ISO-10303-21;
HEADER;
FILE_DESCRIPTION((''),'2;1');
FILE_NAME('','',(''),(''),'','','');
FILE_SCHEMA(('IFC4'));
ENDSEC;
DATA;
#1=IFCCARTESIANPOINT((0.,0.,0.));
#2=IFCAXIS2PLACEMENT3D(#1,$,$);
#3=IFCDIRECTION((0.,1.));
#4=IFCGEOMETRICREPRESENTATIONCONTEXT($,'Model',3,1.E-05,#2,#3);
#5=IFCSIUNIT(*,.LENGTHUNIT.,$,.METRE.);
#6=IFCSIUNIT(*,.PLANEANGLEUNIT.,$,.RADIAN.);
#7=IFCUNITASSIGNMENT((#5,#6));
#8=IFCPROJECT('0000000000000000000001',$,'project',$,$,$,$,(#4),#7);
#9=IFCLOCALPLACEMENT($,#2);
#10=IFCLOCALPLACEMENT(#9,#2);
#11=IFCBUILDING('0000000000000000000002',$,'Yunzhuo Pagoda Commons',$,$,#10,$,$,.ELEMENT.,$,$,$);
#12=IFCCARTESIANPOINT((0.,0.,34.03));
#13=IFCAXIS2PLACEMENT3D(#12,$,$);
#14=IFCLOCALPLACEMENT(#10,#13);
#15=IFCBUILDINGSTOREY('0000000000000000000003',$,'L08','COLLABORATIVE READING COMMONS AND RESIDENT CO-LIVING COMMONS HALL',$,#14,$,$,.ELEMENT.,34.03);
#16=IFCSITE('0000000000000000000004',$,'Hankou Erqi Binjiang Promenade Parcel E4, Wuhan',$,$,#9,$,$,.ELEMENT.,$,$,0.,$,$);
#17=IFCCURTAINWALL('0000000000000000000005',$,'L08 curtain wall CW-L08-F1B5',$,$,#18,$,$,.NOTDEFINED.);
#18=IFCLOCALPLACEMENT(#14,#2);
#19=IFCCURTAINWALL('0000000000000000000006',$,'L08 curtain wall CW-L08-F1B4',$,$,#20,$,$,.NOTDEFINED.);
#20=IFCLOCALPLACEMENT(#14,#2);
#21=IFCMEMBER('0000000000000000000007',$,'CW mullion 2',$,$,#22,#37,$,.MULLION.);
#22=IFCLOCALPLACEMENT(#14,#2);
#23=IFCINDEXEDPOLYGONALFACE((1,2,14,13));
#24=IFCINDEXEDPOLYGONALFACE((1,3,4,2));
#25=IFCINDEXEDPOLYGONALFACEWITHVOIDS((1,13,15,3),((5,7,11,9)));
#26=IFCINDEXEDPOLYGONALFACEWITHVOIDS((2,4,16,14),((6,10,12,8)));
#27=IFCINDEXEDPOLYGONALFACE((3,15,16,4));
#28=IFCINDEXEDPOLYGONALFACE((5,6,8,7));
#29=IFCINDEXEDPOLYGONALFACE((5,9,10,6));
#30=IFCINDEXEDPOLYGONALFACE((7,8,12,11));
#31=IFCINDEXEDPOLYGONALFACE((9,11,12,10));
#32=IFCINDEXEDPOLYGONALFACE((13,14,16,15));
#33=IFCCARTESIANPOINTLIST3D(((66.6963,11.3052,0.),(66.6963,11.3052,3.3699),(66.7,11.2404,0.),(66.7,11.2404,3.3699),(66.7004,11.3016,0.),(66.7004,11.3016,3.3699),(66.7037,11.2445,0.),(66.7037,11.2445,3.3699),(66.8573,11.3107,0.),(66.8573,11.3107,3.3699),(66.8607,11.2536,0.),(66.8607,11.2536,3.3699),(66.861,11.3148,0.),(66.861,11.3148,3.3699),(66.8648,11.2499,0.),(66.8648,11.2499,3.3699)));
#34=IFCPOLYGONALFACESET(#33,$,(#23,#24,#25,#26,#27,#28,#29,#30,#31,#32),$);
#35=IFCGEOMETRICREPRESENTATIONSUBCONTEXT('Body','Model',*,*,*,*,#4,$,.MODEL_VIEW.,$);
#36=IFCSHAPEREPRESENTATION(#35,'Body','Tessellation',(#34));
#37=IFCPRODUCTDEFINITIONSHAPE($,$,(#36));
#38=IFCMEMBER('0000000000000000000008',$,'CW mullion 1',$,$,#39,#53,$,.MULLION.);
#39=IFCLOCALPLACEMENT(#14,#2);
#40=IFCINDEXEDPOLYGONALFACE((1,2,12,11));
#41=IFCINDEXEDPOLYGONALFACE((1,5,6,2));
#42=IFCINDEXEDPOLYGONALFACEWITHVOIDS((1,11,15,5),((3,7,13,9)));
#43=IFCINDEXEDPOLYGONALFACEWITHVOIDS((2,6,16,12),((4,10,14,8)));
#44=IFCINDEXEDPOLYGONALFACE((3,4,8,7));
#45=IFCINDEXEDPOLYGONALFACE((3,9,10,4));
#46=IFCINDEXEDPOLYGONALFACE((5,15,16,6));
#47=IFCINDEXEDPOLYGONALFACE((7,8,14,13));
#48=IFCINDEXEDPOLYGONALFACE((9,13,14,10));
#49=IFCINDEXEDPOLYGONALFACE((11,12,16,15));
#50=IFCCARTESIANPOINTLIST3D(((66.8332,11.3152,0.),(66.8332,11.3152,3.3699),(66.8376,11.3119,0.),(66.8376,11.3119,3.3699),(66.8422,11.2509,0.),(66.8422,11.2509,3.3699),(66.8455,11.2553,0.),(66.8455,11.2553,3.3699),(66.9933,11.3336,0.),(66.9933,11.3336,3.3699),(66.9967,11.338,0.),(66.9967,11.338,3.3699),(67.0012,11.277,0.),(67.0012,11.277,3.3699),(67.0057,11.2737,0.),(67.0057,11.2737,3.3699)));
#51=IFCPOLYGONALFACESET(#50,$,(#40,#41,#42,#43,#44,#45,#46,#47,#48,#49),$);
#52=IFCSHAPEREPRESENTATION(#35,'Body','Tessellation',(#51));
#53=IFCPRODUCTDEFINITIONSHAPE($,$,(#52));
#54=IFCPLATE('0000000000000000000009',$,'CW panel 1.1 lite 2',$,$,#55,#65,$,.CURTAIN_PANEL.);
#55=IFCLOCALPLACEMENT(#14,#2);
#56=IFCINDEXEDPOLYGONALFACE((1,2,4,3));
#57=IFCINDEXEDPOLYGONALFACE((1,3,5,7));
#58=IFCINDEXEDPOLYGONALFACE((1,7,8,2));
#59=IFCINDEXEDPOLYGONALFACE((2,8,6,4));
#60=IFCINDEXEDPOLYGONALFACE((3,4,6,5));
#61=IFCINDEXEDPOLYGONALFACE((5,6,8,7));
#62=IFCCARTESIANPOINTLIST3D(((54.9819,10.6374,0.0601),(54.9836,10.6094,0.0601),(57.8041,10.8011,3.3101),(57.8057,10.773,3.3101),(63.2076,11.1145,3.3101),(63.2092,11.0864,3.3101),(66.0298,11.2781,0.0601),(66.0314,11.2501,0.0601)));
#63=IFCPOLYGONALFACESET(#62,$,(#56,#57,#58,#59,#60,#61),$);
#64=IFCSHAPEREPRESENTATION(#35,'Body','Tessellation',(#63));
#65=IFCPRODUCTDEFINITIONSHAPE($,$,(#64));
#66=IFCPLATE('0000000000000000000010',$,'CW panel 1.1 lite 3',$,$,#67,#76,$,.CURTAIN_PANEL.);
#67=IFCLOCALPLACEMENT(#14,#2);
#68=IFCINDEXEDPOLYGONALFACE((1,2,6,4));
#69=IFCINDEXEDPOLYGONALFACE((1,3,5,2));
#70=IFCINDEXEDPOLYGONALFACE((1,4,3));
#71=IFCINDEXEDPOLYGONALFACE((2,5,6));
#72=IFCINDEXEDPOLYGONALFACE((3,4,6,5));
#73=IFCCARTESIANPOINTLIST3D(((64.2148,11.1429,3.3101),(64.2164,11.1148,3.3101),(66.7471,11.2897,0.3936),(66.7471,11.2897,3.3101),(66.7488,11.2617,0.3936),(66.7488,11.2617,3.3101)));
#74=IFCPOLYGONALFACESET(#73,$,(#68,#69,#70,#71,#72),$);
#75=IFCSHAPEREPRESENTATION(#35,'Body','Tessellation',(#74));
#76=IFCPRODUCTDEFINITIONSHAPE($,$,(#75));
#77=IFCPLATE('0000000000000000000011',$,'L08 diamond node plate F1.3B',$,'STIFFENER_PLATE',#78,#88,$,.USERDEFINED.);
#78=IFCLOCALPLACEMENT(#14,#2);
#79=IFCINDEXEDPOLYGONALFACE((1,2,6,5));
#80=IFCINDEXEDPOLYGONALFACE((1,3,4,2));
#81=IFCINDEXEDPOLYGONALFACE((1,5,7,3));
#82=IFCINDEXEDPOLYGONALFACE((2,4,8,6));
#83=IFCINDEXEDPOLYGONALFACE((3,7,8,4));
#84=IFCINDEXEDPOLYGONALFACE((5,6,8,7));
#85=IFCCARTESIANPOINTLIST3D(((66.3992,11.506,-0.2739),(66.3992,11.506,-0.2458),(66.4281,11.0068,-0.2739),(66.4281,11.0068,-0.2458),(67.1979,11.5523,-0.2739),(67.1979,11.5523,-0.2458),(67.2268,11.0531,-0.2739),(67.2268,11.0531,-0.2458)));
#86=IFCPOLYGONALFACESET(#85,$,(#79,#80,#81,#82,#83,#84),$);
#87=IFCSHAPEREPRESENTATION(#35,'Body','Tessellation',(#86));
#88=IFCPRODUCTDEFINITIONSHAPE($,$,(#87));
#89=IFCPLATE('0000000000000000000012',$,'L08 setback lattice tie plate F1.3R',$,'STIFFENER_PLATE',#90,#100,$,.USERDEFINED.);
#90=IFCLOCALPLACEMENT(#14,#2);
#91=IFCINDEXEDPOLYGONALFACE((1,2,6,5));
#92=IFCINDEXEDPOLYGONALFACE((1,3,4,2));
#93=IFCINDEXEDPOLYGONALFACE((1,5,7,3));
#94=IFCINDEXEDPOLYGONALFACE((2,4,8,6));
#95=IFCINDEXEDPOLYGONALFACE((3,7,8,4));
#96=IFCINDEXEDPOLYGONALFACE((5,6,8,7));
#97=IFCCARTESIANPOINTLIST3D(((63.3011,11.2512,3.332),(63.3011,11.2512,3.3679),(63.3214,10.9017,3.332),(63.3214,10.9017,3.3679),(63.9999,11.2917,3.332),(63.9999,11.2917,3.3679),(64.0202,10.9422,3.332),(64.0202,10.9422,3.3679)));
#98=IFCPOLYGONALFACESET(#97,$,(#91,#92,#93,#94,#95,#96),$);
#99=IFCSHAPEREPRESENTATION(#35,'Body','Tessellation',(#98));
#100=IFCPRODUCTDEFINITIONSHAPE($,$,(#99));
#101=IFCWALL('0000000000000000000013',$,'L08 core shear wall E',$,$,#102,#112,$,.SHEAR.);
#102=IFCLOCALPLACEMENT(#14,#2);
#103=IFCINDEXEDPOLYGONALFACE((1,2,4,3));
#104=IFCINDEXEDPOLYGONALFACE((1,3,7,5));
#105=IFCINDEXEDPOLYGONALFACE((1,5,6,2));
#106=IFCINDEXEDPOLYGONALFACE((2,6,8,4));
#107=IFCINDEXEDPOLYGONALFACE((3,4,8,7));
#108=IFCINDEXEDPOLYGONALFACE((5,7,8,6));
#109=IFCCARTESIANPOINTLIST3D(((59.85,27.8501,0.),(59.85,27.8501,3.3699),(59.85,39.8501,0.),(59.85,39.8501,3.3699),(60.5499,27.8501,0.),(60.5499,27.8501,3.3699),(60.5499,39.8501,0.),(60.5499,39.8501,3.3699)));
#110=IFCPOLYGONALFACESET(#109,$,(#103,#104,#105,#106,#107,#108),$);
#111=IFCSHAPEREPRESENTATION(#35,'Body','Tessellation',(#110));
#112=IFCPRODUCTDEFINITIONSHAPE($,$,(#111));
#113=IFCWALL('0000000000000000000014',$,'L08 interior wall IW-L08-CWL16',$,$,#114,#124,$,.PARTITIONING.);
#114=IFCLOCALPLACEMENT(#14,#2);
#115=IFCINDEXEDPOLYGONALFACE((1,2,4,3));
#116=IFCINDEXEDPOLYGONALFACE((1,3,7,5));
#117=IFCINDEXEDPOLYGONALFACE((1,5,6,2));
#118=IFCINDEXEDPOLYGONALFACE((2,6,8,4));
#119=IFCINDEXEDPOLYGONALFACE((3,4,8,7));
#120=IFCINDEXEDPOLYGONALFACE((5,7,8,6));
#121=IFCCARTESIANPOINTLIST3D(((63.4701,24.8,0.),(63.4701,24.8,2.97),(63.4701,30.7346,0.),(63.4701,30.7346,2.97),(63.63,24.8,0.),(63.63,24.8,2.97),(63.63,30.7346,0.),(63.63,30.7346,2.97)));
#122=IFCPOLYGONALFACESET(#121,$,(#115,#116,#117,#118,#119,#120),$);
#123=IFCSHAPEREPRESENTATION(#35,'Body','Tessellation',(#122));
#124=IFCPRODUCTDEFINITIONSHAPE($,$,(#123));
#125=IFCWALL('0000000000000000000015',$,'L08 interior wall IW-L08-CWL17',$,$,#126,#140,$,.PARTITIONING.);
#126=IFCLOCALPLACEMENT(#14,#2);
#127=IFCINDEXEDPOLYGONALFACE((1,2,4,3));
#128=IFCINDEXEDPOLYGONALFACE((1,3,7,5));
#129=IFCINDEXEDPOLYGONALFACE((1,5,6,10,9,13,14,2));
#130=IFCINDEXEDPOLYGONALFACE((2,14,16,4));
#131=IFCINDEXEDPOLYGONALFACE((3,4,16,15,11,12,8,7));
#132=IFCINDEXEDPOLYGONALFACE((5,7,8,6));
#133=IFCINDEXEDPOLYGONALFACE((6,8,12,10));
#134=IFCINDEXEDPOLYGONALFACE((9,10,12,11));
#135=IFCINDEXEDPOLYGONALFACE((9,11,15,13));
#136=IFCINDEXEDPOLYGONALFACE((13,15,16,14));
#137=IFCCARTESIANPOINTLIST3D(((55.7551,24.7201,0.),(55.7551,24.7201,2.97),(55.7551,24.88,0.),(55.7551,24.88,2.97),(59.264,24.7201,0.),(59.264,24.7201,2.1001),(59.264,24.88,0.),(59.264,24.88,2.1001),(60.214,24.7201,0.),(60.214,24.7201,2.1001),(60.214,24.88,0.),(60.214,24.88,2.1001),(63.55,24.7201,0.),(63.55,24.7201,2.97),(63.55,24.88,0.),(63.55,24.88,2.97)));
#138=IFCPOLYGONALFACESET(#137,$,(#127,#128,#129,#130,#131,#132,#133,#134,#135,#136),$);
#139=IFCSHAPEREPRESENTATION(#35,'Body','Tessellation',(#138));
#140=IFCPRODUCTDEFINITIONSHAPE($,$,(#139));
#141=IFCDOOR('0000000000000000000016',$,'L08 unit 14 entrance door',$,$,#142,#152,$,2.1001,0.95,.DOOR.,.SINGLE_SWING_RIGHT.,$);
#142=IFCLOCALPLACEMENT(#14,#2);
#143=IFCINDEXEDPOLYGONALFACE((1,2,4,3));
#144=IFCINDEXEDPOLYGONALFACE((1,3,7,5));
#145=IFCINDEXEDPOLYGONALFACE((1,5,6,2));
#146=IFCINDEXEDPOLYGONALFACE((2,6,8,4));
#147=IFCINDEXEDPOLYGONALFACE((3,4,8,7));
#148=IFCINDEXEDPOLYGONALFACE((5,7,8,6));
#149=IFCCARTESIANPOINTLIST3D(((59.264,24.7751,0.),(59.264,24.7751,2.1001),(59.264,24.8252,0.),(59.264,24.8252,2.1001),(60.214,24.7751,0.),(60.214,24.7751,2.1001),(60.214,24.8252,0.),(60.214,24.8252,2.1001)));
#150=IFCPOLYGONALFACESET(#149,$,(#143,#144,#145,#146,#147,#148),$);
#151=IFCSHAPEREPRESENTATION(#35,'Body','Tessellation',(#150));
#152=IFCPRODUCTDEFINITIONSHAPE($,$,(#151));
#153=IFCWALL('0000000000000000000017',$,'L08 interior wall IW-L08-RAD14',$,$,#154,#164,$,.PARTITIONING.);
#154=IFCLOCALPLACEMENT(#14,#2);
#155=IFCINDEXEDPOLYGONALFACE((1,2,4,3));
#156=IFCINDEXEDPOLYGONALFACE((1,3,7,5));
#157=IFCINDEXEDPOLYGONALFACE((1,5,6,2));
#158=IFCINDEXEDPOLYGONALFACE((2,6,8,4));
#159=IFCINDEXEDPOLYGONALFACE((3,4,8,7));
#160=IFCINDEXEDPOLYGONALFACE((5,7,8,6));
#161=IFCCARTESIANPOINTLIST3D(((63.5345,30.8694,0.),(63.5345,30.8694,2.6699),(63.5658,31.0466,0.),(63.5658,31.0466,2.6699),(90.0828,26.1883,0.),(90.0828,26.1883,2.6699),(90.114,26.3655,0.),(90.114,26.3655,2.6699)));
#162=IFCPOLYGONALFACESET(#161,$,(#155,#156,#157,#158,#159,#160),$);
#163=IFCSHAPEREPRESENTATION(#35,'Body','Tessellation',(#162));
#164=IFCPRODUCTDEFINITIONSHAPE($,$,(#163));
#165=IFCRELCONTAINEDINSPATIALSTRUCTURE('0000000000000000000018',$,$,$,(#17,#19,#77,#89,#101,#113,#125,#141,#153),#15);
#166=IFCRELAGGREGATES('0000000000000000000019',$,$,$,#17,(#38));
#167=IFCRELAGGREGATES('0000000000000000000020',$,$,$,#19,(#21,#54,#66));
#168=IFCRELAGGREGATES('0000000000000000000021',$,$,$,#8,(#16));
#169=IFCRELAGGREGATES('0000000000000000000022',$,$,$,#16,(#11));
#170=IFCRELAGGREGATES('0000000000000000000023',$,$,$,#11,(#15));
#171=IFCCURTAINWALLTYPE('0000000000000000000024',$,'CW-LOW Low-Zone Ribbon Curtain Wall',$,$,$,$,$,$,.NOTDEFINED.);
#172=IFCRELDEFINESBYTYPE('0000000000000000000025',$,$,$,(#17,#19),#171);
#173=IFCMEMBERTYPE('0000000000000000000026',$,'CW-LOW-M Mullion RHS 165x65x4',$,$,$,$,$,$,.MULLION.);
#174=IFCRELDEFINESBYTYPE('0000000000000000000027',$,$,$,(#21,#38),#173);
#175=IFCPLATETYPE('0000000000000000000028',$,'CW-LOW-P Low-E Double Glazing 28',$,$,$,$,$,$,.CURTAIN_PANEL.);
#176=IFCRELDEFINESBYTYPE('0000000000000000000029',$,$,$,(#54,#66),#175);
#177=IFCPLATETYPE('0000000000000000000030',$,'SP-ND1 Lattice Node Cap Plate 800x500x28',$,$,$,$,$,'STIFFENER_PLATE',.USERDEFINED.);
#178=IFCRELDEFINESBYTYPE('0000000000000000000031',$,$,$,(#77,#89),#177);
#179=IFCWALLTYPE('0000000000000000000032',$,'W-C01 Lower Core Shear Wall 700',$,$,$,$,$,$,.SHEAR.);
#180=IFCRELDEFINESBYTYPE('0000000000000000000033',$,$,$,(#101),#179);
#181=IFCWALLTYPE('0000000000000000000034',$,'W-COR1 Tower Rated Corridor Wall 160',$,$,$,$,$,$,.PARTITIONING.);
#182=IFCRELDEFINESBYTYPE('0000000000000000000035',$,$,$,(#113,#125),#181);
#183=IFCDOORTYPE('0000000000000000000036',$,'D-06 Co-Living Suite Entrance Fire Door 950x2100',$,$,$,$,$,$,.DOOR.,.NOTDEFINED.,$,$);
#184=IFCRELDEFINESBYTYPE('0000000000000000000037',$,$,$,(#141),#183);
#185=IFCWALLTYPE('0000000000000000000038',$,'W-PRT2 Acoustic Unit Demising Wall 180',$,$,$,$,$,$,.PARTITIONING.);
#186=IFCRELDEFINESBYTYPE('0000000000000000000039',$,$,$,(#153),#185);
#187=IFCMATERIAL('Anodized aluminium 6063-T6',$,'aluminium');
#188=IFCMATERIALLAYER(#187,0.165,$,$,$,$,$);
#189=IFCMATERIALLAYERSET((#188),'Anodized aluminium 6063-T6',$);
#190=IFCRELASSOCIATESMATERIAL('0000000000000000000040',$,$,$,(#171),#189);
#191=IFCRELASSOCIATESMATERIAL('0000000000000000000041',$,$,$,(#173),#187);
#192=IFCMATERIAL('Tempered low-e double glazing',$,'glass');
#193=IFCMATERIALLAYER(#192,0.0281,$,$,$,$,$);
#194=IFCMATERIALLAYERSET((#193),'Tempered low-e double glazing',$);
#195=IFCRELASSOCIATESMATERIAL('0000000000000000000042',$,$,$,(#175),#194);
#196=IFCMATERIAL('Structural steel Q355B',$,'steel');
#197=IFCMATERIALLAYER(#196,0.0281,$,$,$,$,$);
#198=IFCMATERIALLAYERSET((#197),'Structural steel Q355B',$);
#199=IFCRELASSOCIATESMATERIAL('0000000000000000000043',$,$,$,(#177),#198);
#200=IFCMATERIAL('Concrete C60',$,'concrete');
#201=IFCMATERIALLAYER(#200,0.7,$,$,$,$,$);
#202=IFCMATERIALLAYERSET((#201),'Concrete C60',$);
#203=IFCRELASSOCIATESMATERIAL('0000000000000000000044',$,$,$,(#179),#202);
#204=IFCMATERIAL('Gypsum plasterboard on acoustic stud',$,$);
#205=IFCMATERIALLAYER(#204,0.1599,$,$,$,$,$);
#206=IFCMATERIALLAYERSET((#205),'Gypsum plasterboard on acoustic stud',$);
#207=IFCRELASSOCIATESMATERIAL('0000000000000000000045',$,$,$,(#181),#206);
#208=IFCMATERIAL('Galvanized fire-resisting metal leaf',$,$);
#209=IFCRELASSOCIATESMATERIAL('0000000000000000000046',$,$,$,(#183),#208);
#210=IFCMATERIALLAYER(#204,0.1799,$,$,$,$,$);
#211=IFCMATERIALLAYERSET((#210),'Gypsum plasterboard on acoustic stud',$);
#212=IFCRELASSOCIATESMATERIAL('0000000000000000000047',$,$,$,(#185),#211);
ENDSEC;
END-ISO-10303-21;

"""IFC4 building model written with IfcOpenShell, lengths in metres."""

from ifc_helpers import new_model, si_unit, direction, frame, frame_2d, origin, origin_with_axes, origin_2d, place, context, subcontext, project, spatial, polyline, rectangle, hollow_rectangle, outline, extrude, source, transform, mapped, material, layer, layer_set, material_profile, profile_set, type_object, element, fill, aggregate, save


model = new_model("IFC4")

# Units and contexts
model_context = context("Model", 3, precision=1e-05, world=origin(), true_north=direction((0.0, 1.0)))
body_context = subcontext(model_context, "Body", "Model", "MODEL_VIEW")
ifc_project = project(units=[si_unit("LENGTHUNIT", "METRE"), si_unit("PLANEANGLEUNIT", "RADIAN")], contexts=[model_context])

# Site, building, storey
site_placement = place(None, origin())
site = spatial("IfcSite", under=ifc_project, at=site_placement, Name="Hankou Erqi Binjiang Promenade Parcel E4, Wuhan", CompositionType="ELEMENT", RefElevation=0.0)
building_placement = place(site_placement, origin())
building = spatial("IfcBuilding", under=site, at=building_placement, Name="Yunzhuo Pagoda Commons", CompositionType="ELEMENT")
storey_placement = place(building_placement, frame((0.0, 0.0, 34.03)))
storey = spatial("IfcBuildingStorey", under=building, at=storey_placement, Name="L08", Description="COLLABORATIVE READING COMMONS AND RESIDENT CO-LIVING COMMONS HALL", CompositionType="ELEMENT", Elevation=34.03)

# Shared definitions
ifc_material_1 = material(Name="Structural steel Q355B", Category="steel")

# Curtain walls, member
ifc_material_2 = material(Name="Anodized aluminium 6063-T6", Category="aluminium")
ifc_layer_1 = layer(ifc_material_2, 0.165)
ifc_layer_set_1 = layer_set([ifc_layer_1], Name="Anodized aluminium 6063-T6")
curtain_wall_type = type_object("IfcCurtainWallType", Name="CW-LOW Low-Zone Ribbon Curtain Wall", PredefinedType="NOTDEFINED", material=ifc_layer_set_1)
curtain_wall_1_placement = place(storey_placement, origin())
curtain_wall_1 = element("IfcCurtainWall", 1, at=curtain_wall_1_placement, inside=storey, type_object=curtain_wall_type, Name="L08 curtain wall CW-L08-F1B5", PredefinedType="NOTDEFINED")
curtain_wall_2_placement = place(storey_placement, origin())
curtain_wall_2 = element("IfcCurtainWall", 2, at=curtain_wall_2_placement, inside=storey, type_object=curtain_wall_type, Name="L08 curtain wall CW-L08-F1B4", PredefinedType="NOTDEFINED")
ifc_material_profile_1 = material_profile(ifc_material_2, hollow_rectangle(XDim=0.0649, YDim=0.165, WallThickness=0.0039, at=origin_2d()), Name="Anodized aluminium 6063-T6")
ifc_profile_set_1 = profile_set([ifc_material_profile_1], Name="Anodized aluminium 6063-T6")
member_type_1 = type_object("IfcMemberType", Name="CW-LOW-M Mullion RHS 165x65x4", PredefinedType="MULLION", material=ifc_profile_set_1)
shared_shape_1 = source(origin(), body_context, "Body", "SweptSolid", [
    extrude(hollow_rectangle(XDim=0.0649, YDim=0.165, WallThickness=0.0039, at=origin_2d()), origin(), (0.0, 0.0, 1.0), 3.3699),
])
member_1_placement = place(storey_placement, frame((66.7805, 11.2776, 0.0), z_axis=(0.0, 0.0, 1.0), x_axis=(-0.057899, 0.998322, 0.0)))
member_1 = element("IfcMember", 3, at=member_1_placement, type_object=member_type_1, Name="CW mullion 2", PredefinedType="MULLION", context=body_context, shape_type="MappedRepresentation", body=[
    mapped(shared_shape_1, transform((0.0, 0.0, 0.0), scale=1.0)),
])

# Member
member_2_placement = place(storey_placement, frame((66.9194, 11.2944, 0.0), z_axis=(0.0, 0.0, 1.0), x_axis=(-0.138294, 0.990391, 0.0)))
member_2 = element("IfcMember", 4, at=member_2_placement, type_object=member_type_1, Name="CW mullion 1", PredefinedType="MULLION", context=body_context, shape_type="MappedRepresentation", body=[
    mapped(shared_shape_1, transform((0.0, 0.0, 0.0), scale=1.0)),
])
aggregate(curtain_wall_1, [member_2])

# Plates
ifc_material_3 = material(Name="Tempered low-e double glazing", Category="glass")
ifc_layer_2 = layer(ifc_material_3, 0.0281)
ifc_layer_set_2 = layer_set([ifc_layer_2], Name="Tempered low-e double glazing")
plate_type_1 = type_object("IfcPlateType", Name="CW-LOW-P Low-E Double Glazing 28", PredefinedType="CURTAIN_PANEL", material=ifc_layer_set_2)
plate_1_placement = place(storey_placement, frame((60.5059, 10.9578, 1.6851), z_axis=(0.057899, -0.998322, 0.0), x_axis=(0.998322, 0.057899, 0.0)))
plate_1 = element("IfcPlate", 5, at=plate_1_placement, type_object=plate_type_1, Name="CW panel 1.1 lite 2", PredefinedType="CURTAIN_PANEL", context=body_context, shape_type="SweptSolid", body=[
    extrude(outline(polyline([(-5.5332, -1.625), (5.5332, -1.625), (2.7063, 1.625), (-2.7063, 1.625), (-5.5332, -1.625)])), origin(), (0.0, 0.0, 1.0), 0.0281),
])
plate_2_placement = place(storey_placement, frame((65.481, 11.2163, 1.8518), z_axis=(0.057899, -0.998322, 0.0), x_axis=(0.998322, 0.057899, 0.0)))
plate_2 = element("IfcPlate", 6, at=plate_2_placement, type_object=plate_type_1, Name="CW panel 1.1 lite 3", PredefinedType="CURTAIN_PANEL", context=body_context, shape_type="SweptSolid", body=[
    extrude(outline(polyline([(-1.2683, 1.4583), (1.2683, -1.4583), (1.2683, 1.4583), (-1.2683, 1.4583)])), origin(), (0.0, 0.0, 1.0), 0.0281),
])
aggregate(curtain_wall_2, [member_1, plate_1, plate_2])

# Plates
ifc_layer_3 = layer(ifc_material_1, 0.0281)
ifc_layer_set_3 = layer_set([ifc_layer_3], Name="Structural steel Q355B")
plate_type_2 = type_object("IfcPlateType", Name="SP-ND1 Lattice Node Cap Plate 800x500x28", ElementType="STIFFENER_PLATE", PredefinedType="USERDEFINED", material=ifc_layer_set_3)
shared_shape_2 = source(origin(), body_context, "Body", "SweptSolid", [
    extrude(rectangle(XDim=0.8, YDim=0.5, at=origin_2d()), origin(), (0.0, 0.0, 1.0), 0.0281),
])
plate_3_placement = place(storey_placement, frame((66.813, 11.2795, -0.2739), z_axis=(0.0, 0.0, 1.0), x_axis=(0.998323, 0.057895, 0.0)))
element("IfcPlate", 7, at=plate_3_placement, inside=storey, type_object=plate_type_2, Name="L08 diamond node plate F1.3B", ObjectType="STIFFENER_PLATE", PredefinedType="USERDEFINED", context=body_context, shape_type="MappedRepresentation", body=[
    mapped(shared_shape_2, transform((0.0, 0.0, 0.0), scale=1.0)),
])
shared_shape_3 = source(origin(), body_context, "Body", "SweptSolid", [
    extrude(rectangle(XDim=0.7, YDim=0.3501, at=origin_2d()), origin(), (0.0, 0.0, 1.0), 0.0359),
])
plate_4_placement = place(storey_placement, frame((63.6606, 11.0967, 3.332), z_axis=(0.0, 0.0, 1.0), x_axis=(0.998323, 0.057895, 0.0)))
element("IfcPlate", 8, at=plate_4_placement, inside=storey, type_object=plate_type_2, Name="L08 setback lattice tie plate F1.3R", ObjectType="STIFFENER_PLATE", PredefinedType="USERDEFINED", context=body_context, shape_type="MappedRepresentation", body=[
    mapped(shared_shape_3, transform((0.0, 0.0, 0.0), scale=1.0)),
])

# Walls
ifc_material_4 = material(Name="Concrete C60", Category="concrete")
ifc_layer_4 = layer(ifc_material_4, 0.7)
ifc_layer_set_4 = layer_set([ifc_layer_4], Name="Concrete C60")
wall_type_1 = type_object("IfcWallType", Name="W-C01 Lower Core Shear Wall 700", PredefinedType="SHEAR", material=ifc_layer_set_4)
wall_1_placement = place(storey_placement, frame((60.2, 27.8501, 0.0), z_axis=(0.0, 0.0, 1.0), x_axis=(0.0, 1.0, 0.0)))
element("IfcWall", 9, at=wall_1_placement, inside=storey, type_object=wall_type_1, Name="L08 core shear wall E", PredefinedType="SHEAR", context=body_context, shape_type="SweptSolid", body=[
    extrude(rectangle(XDim=12.0, YDim=0.7, at=frame_2d((6.0, 0.0))), origin(), (0.0, 0.0, 1.0), 3.3699),
])
ifc_material_5 = material(Name="Gypsum plasterboard on acoustic stud")
ifc_layer_5 = layer(ifc_material_5, 0.1599)
ifc_layer_set_5 = layer_set([ifc_layer_5], Name="Gypsum plasterboard on acoustic stud")
wall_type_2 = type_object("IfcWallType", Name="W-COR1 Tower Rated Corridor Wall 160", PredefinedType="PARTITIONING", material=ifc_layer_set_5)
wall_2_placement = place(storey_placement, frame((63.55, 30.7346, 0.0), z_axis=(0.0, 0.0, 1.0), x_axis=(0.0, -1.0, 0.0)))
element("IfcWall", 10, at=wall_2_placement, inside=storey, type_object=wall_type_2, Name="L08 interior wall IW-L08-CWL16", PredefinedType="PARTITIONING", context=body_context, shape_type="SweptSolid", body=[
    extrude(rectangle(XDim=5.9346, YDim=0.1599, at=frame_2d((2.9673, 0.0))), origin(), (0.0, 0.0, 1.0), 2.97),
])

# Wall, opening, door
wall_3_placement = place(storey_placement, frame((63.55, 24.8, 0.0), z_axis=(0.0, 0.0, 1.0), x_axis=(-1.0, 0.0, 0.0)))
wall_3 = element("IfcWall", 11, at=wall_3_placement, inside=storey, type_object=wall_type_2, Name="L08 interior wall IW-L08-CWL17", PredefinedType="PARTITIONING", context=body_context, shape_type="SweptSolid", body=[
    extrude(rectangle(XDim=7.7949, YDim=0.1599, at=frame_2d((3.8975, 0.0))), origin(), (0.0, 0.0, 1.0), 2.97),
])
opening_placement = place(wall_3_placement, frame((3.3359, 0.0, 0.0)))
opening = element("IfcOpeningElement", 12, at=opening_placement, cuts=wall_3, PredefinedType="OPENING", context=body_context, shape_type="SweptSolid", body=[
    extrude(rectangle(XDim=0.95, YDim=2.1001, at=frame_2d((0.4751, 1.05))), frame((0.0, 0.0898, 0.0), z_axis=(0.0, -1.0, 0.0), x_axis=(1.0, 0.0, 0.0)), (0.0, 0.0, 1.0), 0.1799),
])
ifc_material_6 = material(Name="Galvanized fire-resisting metal leaf")
door_type = type_object("IfcDoorType", Name="D-06 Co-Living Suite Entrance Fire Door 950x2100", OperationType="NOTDEFINED", PredefinedType="DOOR", material=ifc_material_6)
shared_shape_4 = source(origin(), body_context, "Body", "SweptSolid", [
    extrude(rectangle(XDim=0.95, YDim=2.1001, at=frame_2d((0.4751, 1.05))), frame((0.0, 0.0249, 0.0), z_axis=(0.0, -1.0, 0.0), x_axis=(1.0, 0.0, 0.0)), (0.0, 0.0, 1.0), 0.05),
])
door_placement = place(opening_placement, origin_with_axes())
door = element("IfcDoor", 13, at=door_placement, inside=storey, type_object=door_type, Name="L08 unit 14 entrance door", OperationType="SINGLE_SWING_RIGHT", OverallHeight=2.1001, OverallWidth=0.95, PredefinedType="DOOR", context=body_context, shape_type="MappedRepresentation", body=[
    mapped(shared_shape_4, transform((0.0, 0.0, 0.0), scale=1.0)),
])
fill(opening, door)

# Wall
ifc_layer_6 = layer(ifc_material_5, 0.1799)
ifc_layer_set_6 = layer_set([ifc_layer_6], Name="Gypsum plasterboard on acoustic stud")
wall_type_3 = type_object("IfcWallType", Name="W-PRT2 Acoustic Unit Demising Wall 180", PredefinedType="PARTITIONING", material=ifc_layer_set_6)
wall_4_placement = place(storey_placement, frame((63.55, 30.958, 0.0), z_axis=(0.0, 0.0, 1.0), x_axis=(0.984808, -0.173647, 0.0)))
element("IfcWall", 14, at=wall_4_placement, inside=storey, type_object=wall_type_3, Name="L08 interior wall IW-L08-RAD14", PredefinedType="PARTITIONING", context=body_context, shape_type="SweptSolid", body=[
    extrude(rectangle(XDim=26.9578, YDim=0.1799, at=frame_2d((13.479, 0.0))), origin(), (0.0, 0.0, 1.0), 2.6699),
])

save(model, "model.ifc")
